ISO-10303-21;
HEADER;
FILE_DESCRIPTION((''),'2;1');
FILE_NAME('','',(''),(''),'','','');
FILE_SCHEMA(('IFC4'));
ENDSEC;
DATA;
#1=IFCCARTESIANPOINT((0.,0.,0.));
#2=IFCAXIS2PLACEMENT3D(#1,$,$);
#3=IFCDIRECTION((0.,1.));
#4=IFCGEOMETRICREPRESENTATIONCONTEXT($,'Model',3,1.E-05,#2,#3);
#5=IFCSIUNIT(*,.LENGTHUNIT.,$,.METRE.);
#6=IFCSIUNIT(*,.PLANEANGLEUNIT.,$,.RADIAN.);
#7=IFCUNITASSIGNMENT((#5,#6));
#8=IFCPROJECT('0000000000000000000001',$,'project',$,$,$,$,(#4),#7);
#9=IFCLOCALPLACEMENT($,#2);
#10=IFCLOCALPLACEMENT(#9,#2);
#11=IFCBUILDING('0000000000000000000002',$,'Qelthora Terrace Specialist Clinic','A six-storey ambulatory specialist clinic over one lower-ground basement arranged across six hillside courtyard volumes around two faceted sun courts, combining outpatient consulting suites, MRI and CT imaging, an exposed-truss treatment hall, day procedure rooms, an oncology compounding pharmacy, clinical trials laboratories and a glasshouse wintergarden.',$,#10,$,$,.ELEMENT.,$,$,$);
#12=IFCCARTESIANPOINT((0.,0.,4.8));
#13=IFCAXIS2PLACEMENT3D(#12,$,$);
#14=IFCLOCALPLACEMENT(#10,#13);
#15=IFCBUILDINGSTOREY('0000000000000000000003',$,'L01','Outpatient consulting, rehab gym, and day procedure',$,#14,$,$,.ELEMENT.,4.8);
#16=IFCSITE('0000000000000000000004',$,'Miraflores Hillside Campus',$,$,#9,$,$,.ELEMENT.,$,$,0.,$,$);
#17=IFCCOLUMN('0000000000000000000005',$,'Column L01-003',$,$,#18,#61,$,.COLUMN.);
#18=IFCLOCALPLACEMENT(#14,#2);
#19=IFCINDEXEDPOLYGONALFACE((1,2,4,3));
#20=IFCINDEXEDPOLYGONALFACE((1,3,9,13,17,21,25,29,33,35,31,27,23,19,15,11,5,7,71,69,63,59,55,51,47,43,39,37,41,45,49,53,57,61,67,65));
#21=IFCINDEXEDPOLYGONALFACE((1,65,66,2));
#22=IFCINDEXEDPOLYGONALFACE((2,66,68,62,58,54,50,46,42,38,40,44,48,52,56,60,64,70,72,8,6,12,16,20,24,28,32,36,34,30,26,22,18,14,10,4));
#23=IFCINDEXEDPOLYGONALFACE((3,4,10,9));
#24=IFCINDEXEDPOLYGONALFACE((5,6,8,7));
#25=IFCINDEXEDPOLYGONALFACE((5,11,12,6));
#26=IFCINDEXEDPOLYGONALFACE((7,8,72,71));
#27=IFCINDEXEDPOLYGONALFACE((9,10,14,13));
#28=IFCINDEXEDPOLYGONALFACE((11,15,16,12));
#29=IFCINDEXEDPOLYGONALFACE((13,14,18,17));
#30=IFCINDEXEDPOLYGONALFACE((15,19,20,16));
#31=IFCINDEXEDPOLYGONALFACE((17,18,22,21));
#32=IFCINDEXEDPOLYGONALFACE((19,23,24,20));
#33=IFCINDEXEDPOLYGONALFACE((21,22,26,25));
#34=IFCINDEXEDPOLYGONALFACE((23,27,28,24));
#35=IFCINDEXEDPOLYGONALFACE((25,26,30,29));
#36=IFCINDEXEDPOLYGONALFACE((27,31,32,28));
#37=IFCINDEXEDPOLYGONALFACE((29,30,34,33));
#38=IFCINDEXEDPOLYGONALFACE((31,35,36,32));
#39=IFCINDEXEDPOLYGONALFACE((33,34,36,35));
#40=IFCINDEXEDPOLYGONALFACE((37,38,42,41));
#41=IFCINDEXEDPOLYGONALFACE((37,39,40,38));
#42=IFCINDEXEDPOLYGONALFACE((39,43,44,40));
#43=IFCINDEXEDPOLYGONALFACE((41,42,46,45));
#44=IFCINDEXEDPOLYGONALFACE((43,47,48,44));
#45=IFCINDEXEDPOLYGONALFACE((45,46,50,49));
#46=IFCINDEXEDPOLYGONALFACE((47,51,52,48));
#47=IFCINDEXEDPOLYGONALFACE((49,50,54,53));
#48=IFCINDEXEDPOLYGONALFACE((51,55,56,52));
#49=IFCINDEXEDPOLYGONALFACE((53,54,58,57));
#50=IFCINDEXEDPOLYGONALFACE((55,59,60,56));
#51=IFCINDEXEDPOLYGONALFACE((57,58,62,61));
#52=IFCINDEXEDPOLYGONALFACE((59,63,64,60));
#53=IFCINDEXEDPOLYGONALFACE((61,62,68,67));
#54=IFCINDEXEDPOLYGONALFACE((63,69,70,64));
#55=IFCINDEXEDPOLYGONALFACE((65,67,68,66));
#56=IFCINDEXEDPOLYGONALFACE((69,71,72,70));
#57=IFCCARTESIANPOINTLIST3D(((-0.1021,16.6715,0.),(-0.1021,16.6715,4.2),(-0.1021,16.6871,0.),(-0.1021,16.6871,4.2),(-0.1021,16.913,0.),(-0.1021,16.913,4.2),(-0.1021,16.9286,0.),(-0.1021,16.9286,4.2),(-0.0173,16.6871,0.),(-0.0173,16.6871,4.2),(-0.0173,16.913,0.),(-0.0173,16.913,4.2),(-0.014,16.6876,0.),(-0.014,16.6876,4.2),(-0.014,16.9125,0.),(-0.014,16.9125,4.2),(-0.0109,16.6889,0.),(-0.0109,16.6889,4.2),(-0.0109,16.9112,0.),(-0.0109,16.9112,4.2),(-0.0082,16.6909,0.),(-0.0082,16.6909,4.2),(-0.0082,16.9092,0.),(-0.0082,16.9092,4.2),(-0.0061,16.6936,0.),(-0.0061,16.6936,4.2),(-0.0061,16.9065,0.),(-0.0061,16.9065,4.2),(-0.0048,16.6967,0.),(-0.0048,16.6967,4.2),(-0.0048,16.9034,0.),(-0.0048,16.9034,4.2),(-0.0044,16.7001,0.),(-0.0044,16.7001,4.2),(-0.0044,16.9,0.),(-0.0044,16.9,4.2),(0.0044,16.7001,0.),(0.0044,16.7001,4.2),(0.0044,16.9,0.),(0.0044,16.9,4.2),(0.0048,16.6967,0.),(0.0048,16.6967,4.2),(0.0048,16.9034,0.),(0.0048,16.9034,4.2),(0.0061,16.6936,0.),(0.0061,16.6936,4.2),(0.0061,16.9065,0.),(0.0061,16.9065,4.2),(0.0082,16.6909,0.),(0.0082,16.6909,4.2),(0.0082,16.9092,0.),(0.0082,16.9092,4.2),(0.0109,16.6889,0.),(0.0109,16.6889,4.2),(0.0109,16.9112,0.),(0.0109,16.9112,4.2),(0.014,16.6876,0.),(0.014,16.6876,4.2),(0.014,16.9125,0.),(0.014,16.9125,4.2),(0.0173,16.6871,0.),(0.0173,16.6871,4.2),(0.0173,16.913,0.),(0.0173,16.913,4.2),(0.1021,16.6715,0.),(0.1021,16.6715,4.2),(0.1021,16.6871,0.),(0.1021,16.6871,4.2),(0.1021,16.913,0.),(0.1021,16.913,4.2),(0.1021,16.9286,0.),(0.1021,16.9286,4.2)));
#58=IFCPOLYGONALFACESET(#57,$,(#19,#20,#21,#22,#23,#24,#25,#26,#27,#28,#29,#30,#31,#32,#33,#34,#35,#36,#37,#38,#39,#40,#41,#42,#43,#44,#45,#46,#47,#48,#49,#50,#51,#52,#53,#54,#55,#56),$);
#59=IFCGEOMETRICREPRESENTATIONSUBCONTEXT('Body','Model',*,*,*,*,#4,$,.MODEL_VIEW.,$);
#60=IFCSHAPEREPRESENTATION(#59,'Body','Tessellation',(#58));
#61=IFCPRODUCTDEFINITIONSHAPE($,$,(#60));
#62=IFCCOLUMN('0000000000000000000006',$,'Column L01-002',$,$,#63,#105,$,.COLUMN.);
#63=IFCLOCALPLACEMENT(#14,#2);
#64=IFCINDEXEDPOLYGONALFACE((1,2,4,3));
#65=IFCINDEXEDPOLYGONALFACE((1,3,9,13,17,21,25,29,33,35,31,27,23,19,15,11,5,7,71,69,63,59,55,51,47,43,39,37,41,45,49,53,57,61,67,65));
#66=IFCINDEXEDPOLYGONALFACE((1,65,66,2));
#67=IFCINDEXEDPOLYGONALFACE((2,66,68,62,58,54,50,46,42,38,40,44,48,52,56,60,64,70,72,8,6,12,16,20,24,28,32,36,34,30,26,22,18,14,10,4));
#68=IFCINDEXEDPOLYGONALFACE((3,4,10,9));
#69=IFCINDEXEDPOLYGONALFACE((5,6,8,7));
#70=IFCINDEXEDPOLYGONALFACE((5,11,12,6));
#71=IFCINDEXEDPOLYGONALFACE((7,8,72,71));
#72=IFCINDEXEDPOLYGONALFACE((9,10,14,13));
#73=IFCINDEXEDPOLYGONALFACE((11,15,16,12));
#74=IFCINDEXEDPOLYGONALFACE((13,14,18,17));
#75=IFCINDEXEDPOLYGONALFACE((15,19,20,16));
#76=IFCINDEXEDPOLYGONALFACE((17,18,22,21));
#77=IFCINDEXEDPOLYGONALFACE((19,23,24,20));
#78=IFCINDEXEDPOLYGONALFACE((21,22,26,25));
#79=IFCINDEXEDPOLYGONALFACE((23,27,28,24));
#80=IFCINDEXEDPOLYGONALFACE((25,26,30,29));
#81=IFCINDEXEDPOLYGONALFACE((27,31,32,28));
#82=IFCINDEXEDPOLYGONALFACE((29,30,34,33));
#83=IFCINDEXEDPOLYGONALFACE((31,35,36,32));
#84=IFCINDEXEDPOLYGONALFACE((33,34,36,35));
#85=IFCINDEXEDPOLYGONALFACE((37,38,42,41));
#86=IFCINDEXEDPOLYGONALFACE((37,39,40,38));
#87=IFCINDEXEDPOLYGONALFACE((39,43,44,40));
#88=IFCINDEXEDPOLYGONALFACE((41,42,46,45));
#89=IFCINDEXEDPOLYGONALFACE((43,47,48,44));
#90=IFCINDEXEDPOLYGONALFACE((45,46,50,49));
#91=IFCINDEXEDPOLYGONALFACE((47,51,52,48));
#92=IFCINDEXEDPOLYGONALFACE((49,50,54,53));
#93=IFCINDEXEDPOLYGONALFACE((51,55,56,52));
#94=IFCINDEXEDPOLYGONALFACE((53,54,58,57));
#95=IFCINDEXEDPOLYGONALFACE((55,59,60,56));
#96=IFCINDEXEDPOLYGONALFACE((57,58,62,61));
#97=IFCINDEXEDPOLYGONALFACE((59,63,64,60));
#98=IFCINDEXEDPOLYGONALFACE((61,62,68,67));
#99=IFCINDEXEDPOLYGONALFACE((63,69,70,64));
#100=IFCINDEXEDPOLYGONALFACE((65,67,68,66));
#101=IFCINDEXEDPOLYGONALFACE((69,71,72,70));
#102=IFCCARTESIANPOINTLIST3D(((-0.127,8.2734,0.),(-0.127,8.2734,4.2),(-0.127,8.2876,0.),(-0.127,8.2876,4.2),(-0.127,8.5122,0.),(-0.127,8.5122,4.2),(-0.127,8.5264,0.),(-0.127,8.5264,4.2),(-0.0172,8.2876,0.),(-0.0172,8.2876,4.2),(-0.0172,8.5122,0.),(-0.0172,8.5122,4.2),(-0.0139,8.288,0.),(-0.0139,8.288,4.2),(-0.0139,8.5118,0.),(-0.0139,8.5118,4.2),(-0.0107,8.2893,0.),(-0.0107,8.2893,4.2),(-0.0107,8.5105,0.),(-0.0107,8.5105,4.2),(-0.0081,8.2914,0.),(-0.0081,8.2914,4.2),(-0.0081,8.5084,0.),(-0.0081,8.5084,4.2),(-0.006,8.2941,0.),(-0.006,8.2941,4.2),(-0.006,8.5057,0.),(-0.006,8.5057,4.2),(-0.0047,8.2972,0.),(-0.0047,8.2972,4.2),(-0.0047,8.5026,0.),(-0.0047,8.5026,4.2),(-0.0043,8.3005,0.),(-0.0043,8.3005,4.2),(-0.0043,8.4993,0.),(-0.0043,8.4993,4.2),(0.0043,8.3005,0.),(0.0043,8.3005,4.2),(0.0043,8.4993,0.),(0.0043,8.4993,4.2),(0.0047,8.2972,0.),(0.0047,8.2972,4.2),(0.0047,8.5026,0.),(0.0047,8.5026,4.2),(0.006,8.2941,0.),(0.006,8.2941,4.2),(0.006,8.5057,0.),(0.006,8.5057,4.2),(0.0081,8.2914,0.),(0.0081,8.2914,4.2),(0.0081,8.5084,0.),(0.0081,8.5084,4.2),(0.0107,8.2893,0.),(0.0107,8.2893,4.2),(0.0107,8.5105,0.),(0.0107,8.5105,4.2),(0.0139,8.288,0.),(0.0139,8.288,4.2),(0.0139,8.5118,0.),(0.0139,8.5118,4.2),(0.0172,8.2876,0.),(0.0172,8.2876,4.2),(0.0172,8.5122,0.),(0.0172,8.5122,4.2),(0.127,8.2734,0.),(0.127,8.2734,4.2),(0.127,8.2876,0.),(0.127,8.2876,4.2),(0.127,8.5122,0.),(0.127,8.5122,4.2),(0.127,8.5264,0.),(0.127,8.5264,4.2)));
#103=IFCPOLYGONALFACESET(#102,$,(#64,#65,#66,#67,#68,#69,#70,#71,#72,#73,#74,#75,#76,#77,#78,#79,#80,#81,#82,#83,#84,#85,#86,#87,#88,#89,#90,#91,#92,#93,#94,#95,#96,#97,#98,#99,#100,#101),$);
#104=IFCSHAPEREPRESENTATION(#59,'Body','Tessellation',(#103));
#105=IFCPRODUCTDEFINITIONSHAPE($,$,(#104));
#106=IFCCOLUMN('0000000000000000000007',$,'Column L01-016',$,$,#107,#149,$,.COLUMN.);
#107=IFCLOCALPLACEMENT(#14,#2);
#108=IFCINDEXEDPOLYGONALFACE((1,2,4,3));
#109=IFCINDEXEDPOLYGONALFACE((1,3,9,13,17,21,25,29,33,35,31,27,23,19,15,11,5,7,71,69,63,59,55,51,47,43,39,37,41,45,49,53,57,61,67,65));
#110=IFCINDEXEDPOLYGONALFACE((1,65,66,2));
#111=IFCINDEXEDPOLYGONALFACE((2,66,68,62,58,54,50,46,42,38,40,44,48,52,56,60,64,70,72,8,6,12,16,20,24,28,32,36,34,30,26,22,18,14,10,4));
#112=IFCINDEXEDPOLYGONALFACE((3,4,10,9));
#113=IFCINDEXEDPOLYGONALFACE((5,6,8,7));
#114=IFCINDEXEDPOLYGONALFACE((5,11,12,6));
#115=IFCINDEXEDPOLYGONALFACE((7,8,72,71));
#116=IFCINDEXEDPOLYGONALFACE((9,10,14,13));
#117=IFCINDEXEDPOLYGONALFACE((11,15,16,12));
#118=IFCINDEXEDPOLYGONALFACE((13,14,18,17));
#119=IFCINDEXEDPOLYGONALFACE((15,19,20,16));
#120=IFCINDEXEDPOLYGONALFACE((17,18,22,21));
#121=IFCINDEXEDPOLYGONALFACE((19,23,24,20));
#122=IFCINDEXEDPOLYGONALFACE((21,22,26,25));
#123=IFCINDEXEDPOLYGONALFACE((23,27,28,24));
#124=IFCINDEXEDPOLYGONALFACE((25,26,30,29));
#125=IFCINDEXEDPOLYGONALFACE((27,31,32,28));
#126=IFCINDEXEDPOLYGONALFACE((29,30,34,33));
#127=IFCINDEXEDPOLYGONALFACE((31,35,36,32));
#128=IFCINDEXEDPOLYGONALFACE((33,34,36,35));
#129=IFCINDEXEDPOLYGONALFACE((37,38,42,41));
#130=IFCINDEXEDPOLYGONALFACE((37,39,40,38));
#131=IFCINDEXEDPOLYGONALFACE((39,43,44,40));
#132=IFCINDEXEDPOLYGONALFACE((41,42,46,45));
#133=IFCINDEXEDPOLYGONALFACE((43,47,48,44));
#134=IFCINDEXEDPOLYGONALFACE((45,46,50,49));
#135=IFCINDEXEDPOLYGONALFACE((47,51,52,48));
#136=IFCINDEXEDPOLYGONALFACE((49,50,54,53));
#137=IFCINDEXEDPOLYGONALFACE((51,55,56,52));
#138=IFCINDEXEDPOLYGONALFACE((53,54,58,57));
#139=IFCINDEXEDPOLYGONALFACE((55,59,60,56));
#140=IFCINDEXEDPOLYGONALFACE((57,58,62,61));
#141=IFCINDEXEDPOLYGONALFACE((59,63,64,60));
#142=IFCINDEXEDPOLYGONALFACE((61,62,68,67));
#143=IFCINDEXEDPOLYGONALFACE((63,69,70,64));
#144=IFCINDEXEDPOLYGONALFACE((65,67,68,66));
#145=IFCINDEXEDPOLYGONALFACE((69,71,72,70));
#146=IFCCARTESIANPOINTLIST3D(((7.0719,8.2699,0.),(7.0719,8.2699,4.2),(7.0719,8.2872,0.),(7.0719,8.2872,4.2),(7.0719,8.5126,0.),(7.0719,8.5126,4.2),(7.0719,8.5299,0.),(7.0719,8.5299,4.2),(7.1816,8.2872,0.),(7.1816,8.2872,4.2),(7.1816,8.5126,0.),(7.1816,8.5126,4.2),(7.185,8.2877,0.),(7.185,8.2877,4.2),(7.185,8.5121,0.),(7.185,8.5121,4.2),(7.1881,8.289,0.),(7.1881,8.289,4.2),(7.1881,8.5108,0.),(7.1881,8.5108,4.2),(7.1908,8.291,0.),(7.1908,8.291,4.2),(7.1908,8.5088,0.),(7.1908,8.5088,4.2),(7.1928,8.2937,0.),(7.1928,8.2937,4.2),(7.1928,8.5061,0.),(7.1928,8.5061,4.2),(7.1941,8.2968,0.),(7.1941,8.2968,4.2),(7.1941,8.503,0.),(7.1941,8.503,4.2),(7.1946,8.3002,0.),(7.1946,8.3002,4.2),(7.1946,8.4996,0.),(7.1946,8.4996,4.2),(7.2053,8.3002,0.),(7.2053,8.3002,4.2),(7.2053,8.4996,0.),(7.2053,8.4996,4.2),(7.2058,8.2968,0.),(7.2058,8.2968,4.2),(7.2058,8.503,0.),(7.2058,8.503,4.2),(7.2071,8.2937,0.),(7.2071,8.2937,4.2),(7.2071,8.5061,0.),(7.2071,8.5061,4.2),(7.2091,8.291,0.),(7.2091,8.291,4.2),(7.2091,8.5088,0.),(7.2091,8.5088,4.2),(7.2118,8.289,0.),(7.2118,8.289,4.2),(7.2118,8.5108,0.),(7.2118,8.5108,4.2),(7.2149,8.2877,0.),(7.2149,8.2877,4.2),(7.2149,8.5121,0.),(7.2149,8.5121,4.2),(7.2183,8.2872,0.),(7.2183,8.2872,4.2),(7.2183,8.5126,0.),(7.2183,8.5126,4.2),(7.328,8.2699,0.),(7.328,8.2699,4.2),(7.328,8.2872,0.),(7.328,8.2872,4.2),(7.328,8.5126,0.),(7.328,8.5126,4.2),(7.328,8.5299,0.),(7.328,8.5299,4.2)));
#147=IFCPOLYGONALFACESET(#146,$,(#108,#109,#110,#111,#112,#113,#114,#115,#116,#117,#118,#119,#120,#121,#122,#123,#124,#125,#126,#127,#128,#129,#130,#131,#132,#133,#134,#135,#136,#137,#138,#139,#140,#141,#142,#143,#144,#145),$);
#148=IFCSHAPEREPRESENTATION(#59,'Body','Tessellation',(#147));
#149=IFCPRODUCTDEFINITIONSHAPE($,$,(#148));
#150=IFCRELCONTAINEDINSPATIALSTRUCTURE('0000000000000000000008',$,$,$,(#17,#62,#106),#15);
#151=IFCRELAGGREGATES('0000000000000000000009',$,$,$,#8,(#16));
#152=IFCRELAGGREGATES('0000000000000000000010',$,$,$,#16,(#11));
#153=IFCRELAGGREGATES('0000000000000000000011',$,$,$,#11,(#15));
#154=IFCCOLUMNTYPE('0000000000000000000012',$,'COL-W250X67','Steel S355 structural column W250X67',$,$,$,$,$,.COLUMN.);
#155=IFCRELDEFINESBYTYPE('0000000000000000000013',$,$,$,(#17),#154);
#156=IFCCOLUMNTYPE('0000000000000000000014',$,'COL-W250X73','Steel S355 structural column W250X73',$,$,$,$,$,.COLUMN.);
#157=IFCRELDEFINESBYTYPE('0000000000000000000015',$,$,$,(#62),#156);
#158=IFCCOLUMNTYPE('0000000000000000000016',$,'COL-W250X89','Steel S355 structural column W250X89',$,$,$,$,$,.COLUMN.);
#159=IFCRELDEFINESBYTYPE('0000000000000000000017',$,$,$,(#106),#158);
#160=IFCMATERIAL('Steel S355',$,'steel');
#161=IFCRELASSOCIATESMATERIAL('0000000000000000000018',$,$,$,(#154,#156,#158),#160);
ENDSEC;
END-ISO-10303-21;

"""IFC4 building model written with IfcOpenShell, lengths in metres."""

from ifc_helpers import new_model, si_unit, direction, frame, origin, origin_2d, place, context, subcontext, project, spatial, i_section, extrude, material, material_profile, profile_set, type_object, element, save


model = new_model("IFC4")

# Units and contexts
model_context = context("Model", 3, precision=1e-05, world=origin(), true_north=direction((0.0, 1.0)))
body_context = subcontext(model_context, "Body", "Model", "MODEL_VIEW")
ifc_project = project(units=[si_unit("LENGTHUNIT", "METRE"), si_unit("PLANEANGLEUNIT", "RADIAN")], contexts=[model_context])

# Site, building, storey
site_placement = place(None, origin())
site = spatial("IfcSite", under=ifc_project, at=site_placement, Name="Miraflores Hillside Campus", CompositionType="ELEMENT", RefElevation=0.0)
building_placement = place(site_placement, origin())
building = spatial("IfcBuilding", under=site, at=building_placement, Name="Qelthora Terrace Specialist Clinic", Description="A six-storey ambulatory specialist clinic over one lower-ground basement arranged across six hillside courtyard volumes around two faceted sun courts, combining outpatient consulting suites, MRI and CT imaging, an exposed-truss treatment hall, day procedure rooms, an oncology compounding pharmacy, clinical trials laboratories and a glasshouse wintergarden.", CompositionType="ELEMENT")
storey_placement = place(building_placement, frame((0.0, 0.0, 4.8)))
storey = spatial("IfcBuildingStorey", under=building, at=storey_placement, Name="L01", Description="Outpatient consulting, rehab gym, and day procedure", CompositionType="ELEMENT", Elevation=4.8)

# Columns
ifc_material_1 = material(Name="Steel S355", Category="steel")
ifc_material_profile_1 = material_profile(ifc_material_1, i_section(OverallWidth=0.2041, OverallDepth=0.2571, WebThickness=0.0088, FlangeThickness=0.0156, FilletRadius=0.0129, at=origin_2d()), Name="W250X67")
ifc_profile_set_1 = profile_set([ifc_material_profile_1], Name="Steel S355")
column_type_1 = type_object("IfcColumnType", Name="COL-W250X67", Description="Steel S355 structural column W250X67", PredefinedType="COLUMN", material=ifc_profile_set_1)
column_1_placement = place(storey_placement, frame((0.0, 16.8, 0.0), z_axis=(0.0, 0.0, 1.0), x_axis=(1.0, 0.0, 0.0)))
element("IfcColumn", 1, at=column_1_placement, inside=storey, type_object=column_type_1, Name="Column L01-003", PredefinedType="COLUMN", context=body_context, shape_type="SweptSolid", body=[
    extrude(i_section(OverallWidth=0.2041, OverallDepth=0.2571, WebThickness=0.0088, FlangeThickness=0.0156, FilletRadius=0.0129, at=origin_2d()), origin(), (0.0, 0.0, 1.0), 4.2),
])
ifc_material_profile_2 = material_profile(ifc_material_1, i_section(OverallWidth=0.2539, OverallDepth=0.2529, WebThickness=0.0085, FlangeThickness=0.0142, FilletRadius=0.0129, at=origin_2d()), Name="W250X73")
ifc_profile_set_2 = profile_set([ifc_material_profile_2], Name="Steel S355")
column_type_2 = type_object("IfcColumnType", Name="COL-W250X73", Description="Steel S355 structural column W250X73", PredefinedType="COLUMN", material=ifc_profile_set_2)
column_2_placement = place(storey_placement, frame((0.0, 8.3999, 0.0), z_axis=(0.0, 0.0, 1.0), x_axis=(1.0, 0.0, 0.0)))
element("IfcColumn", 2, at=column_2_placement, inside=storey, type_object=column_type_2, Name="Column L01-002", PredefinedType="COLUMN", context=body_context, shape_type="SweptSolid", body=[
    extrude(i_section(OverallWidth=0.2539, OverallDepth=0.2529, WebThickness=0.0085, FlangeThickness=0.0142, FilletRadius=0.0129, at=origin_2d()), origin(), (0.0, 0.0, 1.0), 4.2),
])
ifc_material_profile_3 = material_profile(ifc_material_1, i_section(OverallWidth=0.2561, OverallDepth=0.26, WebThickness=0.0107, FlangeThickness=0.0173, FilletRadius=0.0129, at=origin_2d()), Name="W250X89")
ifc_profile_set_3 = profile_set([ifc_material_profile_3], Name="Steel S355")
column_type_3 = type_object("IfcColumnType", Name="COL-W250X89", Description="Steel S355 structural column W250X89", PredefinedType="COLUMN", material=ifc_profile_set_3)
column_3_placement = place(storey_placement, frame((7.2, 8.3999, 0.0), z_axis=(0.0, 0.0, 1.0), x_axis=(1.0, 0.0, 0.0)))
element("IfcColumn", 3, at=column_3_placement, inside=storey, type_object=column_type_3, Name="Column L01-016", PredefinedType="COLUMN", context=body_context, shape_type="SweptSolid", body=[
    extrude(i_section(OverallWidth=0.2561, OverallDepth=0.26, WebThickness=0.0107, FlangeThickness=0.0173, FilletRadius=0.0129, at=origin_2d()), origin(), (0.0, 0.0, 1.0), 4.2),
])

save(model, "model.ifc")
